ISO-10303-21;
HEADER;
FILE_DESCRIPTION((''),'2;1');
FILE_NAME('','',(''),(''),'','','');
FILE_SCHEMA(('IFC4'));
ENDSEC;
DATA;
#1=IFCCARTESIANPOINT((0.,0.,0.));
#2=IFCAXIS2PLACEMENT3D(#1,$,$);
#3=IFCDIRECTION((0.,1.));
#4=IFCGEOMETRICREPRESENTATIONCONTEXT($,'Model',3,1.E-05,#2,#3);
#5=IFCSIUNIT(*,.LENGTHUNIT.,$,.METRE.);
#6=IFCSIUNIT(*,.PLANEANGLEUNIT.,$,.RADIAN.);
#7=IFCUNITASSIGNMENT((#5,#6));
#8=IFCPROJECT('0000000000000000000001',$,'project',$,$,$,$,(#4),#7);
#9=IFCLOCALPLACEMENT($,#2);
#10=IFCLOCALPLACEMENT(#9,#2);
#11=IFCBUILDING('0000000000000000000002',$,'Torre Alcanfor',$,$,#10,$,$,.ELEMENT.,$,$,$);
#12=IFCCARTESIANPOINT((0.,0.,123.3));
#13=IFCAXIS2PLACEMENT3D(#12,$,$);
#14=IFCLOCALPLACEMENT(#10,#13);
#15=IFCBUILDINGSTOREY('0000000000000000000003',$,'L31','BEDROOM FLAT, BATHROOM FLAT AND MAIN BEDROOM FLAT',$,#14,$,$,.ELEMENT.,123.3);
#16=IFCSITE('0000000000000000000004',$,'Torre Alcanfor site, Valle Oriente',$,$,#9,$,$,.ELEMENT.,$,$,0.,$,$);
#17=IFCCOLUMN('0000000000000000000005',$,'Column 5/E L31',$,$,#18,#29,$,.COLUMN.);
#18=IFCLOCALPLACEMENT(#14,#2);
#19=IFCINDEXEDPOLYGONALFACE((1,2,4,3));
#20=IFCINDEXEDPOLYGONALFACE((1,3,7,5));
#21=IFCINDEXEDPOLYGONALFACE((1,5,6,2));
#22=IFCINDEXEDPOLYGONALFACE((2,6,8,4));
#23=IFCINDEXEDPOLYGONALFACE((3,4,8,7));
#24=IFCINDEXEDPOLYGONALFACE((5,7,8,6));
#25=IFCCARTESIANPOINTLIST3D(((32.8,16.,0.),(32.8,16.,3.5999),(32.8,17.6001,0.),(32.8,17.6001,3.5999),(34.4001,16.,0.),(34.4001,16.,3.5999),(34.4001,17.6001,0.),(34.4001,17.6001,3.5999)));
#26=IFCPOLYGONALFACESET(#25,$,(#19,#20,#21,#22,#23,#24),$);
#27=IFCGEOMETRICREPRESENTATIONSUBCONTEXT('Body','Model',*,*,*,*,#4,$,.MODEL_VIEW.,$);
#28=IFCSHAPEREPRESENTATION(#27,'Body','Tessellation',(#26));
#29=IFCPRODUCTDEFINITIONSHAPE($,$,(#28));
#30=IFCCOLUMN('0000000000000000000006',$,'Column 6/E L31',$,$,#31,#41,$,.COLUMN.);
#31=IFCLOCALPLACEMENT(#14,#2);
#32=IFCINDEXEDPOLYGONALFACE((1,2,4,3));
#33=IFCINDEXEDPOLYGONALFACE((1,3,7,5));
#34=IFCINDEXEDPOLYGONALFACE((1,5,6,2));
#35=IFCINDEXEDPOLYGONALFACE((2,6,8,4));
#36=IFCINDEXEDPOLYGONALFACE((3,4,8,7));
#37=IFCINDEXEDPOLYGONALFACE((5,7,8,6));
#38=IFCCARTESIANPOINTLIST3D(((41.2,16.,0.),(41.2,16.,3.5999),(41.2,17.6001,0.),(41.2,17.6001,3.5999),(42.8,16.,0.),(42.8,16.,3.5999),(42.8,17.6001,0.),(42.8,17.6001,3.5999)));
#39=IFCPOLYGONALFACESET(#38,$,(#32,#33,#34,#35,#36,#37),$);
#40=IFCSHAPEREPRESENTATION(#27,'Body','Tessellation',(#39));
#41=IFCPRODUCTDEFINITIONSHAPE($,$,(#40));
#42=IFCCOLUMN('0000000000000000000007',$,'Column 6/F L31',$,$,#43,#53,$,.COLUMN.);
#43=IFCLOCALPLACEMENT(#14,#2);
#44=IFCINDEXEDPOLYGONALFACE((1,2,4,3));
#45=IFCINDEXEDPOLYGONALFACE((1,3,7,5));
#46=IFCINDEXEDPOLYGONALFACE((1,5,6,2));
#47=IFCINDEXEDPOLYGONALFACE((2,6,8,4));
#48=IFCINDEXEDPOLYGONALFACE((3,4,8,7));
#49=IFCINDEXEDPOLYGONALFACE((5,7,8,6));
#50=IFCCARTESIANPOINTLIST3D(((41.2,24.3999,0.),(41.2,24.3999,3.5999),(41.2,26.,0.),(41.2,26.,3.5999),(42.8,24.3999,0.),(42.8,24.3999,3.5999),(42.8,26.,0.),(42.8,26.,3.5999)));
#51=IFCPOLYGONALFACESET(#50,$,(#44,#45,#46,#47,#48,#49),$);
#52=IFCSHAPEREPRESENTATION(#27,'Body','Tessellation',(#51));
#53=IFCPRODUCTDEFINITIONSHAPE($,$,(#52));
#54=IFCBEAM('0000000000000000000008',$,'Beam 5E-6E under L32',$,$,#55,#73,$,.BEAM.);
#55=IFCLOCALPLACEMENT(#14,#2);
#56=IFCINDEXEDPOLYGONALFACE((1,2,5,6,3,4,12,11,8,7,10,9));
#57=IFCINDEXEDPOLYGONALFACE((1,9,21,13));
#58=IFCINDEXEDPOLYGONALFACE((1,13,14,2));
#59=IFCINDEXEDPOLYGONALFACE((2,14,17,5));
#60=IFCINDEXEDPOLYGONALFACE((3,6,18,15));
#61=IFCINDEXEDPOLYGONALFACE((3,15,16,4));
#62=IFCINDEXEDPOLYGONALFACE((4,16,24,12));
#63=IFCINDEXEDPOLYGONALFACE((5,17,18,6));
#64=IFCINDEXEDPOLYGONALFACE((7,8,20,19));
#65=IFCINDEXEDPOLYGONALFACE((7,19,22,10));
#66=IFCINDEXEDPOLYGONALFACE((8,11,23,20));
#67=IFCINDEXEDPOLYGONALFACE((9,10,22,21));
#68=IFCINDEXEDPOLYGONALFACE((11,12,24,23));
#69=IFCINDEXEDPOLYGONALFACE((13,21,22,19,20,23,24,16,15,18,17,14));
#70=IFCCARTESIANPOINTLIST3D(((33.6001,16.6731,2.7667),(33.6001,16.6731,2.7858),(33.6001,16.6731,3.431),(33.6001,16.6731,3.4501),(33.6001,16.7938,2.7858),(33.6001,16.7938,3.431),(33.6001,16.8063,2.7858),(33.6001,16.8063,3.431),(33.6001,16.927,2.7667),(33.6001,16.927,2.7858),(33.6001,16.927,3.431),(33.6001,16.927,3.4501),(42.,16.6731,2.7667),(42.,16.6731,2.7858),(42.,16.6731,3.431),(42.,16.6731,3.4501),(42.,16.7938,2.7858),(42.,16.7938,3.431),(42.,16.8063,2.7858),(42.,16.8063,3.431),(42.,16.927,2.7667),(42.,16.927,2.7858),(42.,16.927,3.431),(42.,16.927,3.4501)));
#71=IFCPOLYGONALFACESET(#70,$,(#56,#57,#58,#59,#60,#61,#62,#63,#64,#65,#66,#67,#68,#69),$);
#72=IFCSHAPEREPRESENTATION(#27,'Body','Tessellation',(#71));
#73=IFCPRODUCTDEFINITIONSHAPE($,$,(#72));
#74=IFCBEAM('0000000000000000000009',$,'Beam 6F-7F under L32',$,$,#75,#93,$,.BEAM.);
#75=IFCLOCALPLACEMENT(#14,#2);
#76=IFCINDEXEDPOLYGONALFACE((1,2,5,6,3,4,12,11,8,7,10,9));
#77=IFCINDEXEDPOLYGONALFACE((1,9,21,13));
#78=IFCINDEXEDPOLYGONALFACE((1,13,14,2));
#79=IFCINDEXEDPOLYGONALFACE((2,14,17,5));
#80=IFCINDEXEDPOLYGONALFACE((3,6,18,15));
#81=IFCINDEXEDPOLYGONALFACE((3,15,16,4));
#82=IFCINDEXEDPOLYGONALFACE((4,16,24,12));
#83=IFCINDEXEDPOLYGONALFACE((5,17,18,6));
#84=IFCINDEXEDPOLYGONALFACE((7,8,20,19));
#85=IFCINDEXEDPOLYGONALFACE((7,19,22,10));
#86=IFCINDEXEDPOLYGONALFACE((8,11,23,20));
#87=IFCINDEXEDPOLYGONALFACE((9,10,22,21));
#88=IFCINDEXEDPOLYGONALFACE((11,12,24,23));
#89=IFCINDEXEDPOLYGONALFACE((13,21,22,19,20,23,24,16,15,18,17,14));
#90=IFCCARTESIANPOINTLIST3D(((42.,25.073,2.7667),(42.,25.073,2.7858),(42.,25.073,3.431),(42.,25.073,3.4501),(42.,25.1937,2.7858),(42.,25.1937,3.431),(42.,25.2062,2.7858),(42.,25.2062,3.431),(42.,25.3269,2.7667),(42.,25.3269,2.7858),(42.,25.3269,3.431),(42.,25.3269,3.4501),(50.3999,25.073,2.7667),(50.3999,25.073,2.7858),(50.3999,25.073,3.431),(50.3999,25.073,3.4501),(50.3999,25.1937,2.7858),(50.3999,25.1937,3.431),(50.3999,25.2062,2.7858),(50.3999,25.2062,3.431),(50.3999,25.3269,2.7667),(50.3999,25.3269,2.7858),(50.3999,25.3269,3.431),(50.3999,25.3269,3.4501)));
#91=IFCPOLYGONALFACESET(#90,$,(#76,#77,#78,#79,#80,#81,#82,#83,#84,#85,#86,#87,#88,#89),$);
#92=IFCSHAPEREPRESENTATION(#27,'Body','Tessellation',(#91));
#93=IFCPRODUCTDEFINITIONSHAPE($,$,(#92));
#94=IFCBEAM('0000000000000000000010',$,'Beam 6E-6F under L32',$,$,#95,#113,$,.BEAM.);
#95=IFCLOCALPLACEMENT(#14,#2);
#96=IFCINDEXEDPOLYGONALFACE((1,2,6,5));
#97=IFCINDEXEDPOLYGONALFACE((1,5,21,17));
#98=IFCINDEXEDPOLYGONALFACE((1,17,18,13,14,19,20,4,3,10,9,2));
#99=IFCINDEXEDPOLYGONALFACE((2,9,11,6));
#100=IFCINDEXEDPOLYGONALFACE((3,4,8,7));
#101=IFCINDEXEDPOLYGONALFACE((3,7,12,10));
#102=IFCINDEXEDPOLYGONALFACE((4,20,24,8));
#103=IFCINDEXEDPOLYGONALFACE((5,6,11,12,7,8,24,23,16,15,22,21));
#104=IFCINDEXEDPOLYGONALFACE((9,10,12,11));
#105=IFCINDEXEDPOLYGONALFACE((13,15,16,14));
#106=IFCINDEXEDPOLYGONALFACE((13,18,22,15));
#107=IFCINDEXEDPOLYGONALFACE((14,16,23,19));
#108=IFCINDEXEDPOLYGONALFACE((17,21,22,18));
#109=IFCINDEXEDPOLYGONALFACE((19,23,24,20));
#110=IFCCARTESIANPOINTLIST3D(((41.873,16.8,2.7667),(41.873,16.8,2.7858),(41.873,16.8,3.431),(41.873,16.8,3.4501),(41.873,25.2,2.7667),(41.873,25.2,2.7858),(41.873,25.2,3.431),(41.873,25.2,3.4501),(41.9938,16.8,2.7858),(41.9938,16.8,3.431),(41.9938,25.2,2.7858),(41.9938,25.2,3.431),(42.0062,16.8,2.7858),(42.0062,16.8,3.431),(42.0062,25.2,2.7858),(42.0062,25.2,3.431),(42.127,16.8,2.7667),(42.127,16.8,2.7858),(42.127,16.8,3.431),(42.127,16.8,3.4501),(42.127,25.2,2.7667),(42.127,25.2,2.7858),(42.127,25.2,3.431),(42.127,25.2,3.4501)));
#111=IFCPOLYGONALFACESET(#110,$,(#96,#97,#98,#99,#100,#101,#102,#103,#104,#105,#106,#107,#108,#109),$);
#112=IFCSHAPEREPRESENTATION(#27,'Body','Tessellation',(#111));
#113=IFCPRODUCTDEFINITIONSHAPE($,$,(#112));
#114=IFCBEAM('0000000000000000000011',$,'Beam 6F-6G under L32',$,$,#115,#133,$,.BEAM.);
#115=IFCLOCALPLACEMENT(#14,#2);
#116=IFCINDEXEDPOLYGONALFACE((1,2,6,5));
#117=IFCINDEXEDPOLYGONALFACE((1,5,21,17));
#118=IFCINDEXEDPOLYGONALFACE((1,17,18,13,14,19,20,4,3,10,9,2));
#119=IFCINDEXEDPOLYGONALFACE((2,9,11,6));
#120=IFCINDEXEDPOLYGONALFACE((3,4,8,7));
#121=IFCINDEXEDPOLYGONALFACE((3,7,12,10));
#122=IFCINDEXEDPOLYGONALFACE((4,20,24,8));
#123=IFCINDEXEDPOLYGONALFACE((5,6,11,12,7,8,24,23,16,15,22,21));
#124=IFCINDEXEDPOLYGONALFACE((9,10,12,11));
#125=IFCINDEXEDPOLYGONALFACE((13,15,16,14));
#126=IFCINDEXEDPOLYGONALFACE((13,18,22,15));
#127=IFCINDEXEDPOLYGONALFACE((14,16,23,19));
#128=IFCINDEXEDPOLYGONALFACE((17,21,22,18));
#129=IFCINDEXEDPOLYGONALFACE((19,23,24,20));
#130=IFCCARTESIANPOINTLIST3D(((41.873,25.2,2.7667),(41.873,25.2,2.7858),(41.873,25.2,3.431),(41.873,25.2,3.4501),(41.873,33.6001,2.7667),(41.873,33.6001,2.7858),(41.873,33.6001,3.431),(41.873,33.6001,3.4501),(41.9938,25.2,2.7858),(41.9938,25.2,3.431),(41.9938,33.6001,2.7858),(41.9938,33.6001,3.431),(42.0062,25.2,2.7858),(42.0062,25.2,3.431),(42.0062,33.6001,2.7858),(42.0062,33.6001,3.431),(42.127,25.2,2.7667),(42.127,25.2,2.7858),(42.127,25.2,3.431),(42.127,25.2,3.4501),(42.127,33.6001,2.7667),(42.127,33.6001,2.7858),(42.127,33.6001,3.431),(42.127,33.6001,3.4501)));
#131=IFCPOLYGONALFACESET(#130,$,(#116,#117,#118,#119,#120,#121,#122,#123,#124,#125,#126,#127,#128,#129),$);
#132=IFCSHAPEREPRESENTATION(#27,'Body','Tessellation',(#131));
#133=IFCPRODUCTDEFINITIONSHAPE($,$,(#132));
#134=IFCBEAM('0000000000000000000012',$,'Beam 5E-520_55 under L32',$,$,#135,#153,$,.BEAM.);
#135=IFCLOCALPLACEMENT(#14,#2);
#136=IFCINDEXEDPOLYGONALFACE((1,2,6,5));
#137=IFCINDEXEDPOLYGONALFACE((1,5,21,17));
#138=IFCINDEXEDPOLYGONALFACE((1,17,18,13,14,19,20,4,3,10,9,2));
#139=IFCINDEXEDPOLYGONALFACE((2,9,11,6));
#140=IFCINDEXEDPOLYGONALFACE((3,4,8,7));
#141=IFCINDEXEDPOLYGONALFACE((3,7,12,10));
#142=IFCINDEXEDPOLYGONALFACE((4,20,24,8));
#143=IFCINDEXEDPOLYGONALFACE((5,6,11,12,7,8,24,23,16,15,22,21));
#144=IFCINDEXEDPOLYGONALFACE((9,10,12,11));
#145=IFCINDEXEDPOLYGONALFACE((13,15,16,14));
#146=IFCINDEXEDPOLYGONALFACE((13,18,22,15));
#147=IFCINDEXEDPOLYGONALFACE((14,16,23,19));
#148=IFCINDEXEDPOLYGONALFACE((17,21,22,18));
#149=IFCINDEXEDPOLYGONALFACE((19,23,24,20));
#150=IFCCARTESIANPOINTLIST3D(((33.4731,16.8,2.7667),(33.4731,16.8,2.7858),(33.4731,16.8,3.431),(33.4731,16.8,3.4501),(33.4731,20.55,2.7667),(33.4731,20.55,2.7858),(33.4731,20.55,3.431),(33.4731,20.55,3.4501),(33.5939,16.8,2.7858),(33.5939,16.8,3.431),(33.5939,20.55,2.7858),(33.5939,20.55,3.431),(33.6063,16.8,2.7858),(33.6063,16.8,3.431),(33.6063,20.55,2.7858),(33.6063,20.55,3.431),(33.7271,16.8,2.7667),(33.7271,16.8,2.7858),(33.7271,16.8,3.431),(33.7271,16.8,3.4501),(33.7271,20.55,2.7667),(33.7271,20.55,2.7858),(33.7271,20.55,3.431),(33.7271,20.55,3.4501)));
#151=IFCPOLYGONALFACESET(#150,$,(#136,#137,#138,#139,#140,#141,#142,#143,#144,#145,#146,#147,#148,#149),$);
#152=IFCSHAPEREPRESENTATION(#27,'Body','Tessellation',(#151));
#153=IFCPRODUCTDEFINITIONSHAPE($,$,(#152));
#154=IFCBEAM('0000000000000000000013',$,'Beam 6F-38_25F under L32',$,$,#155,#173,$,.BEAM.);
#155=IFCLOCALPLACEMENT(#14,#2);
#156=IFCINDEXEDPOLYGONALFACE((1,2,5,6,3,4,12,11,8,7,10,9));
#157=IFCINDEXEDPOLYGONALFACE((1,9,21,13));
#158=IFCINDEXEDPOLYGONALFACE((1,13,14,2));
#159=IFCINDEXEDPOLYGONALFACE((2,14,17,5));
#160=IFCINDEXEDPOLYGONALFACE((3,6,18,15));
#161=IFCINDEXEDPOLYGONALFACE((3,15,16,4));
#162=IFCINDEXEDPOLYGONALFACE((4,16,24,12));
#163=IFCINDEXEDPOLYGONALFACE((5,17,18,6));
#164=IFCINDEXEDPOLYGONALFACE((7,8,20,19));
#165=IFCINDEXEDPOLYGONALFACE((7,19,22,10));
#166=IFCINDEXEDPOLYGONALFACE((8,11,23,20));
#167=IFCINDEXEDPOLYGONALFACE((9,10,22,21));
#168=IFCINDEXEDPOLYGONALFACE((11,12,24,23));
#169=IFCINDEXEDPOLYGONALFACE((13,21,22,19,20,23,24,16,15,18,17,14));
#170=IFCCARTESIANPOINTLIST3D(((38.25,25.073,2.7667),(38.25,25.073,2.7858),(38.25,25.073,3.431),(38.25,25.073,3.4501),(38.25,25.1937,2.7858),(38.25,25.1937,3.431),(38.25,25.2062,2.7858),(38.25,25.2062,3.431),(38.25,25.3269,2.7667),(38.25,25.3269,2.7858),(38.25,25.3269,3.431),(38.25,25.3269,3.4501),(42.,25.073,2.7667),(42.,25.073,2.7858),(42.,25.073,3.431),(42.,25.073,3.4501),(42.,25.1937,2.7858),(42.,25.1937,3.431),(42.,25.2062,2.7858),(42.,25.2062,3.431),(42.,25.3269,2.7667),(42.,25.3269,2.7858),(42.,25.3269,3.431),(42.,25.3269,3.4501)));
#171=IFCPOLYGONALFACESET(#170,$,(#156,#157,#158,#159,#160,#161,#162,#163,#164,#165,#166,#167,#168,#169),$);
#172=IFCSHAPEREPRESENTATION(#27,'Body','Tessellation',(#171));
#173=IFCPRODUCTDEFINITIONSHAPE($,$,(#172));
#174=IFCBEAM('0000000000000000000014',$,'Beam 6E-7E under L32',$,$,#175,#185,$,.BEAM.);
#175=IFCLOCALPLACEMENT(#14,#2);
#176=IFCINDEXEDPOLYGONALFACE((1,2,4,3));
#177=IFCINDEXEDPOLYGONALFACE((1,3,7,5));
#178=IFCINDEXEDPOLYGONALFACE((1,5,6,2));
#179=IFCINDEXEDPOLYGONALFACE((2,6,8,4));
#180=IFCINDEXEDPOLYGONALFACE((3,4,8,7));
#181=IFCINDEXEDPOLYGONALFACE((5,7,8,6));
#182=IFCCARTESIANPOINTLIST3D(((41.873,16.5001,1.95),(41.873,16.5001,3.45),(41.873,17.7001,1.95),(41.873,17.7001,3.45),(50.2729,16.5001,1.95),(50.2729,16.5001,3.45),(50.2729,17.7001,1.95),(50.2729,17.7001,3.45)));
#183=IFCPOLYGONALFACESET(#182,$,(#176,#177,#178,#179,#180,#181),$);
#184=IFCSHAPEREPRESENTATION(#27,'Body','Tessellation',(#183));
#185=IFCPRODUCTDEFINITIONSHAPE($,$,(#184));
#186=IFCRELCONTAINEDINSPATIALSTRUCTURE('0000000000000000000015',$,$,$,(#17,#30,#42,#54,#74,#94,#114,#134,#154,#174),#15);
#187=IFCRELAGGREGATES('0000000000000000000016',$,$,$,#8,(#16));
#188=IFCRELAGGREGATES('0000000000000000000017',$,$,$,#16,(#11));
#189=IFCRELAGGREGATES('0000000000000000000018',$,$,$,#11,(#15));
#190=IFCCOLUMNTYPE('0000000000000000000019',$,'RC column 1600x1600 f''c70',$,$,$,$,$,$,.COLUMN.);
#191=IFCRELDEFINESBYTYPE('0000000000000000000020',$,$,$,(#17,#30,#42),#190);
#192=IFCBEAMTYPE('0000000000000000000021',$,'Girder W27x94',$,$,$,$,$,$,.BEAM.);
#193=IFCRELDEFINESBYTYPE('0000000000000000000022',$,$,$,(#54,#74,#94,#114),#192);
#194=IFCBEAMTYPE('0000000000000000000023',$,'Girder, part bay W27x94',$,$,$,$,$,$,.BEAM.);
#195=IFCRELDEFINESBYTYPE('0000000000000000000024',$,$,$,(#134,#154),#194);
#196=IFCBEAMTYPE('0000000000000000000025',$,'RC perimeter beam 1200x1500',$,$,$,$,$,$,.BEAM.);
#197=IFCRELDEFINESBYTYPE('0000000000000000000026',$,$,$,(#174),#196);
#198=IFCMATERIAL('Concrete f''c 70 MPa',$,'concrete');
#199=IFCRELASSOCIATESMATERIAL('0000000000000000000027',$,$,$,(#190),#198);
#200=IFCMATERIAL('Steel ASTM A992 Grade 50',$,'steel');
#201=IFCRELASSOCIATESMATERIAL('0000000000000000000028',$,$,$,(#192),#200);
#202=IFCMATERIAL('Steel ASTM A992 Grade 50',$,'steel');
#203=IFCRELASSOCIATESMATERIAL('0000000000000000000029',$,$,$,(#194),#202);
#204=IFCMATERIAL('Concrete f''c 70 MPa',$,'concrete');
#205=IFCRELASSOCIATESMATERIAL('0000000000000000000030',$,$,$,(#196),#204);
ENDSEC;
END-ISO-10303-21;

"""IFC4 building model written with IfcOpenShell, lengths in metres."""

from ifc_helpers import new_model, si_unit, direction, frame, origin, origin_2d, place, context, subcontext, project, spatial, rectangle, i_section, extrude, material, material_profile, profile_set, type_object, element, save


model = new_model("IFC4")

# Units and contexts
model_context = context("Model", 3, precision=1e-05, world=origin(), true_north=direction((0.0, 1.0)))
body_context = subcontext(model_context, "Body", "Model", "MODEL_VIEW")
ifc_project = project(units=[si_unit("LENGTHUNIT", "METRE"), si_unit("PLANEANGLEUNIT", "RADIAN")], contexts=[model_context])

# Site, building, storey
site_placement = place(None, origin())
site = spatial("IfcSite", under=ifc_project, at=site_placement, Name="Torre Alcanfor site, Valle Oriente", CompositionType="ELEMENT", RefElevation=0.0)
building_placement = place(site_placement, origin())
building = spatial("IfcBuilding", under=site, at=building_placement, Name="Torre Alcanfor", CompositionType="ELEMENT")
storey_placement = place(building_placement, frame((0.0, 0.0, 123.3)))
storey = spatial("IfcBuildingStorey", under=building, at=storey_placement, Name="L31", Description="BEDROOM FLAT, BATHROOM FLAT AND MAIN BEDROOM FLAT", CompositionType="ELEMENT", Elevation=123.3)

# Columns
ifc_material_1 = material(Name="Concrete f'c 70 MPa", Category="concrete")
ifc_material_profile_1 = material_profile(ifc_material_1, rectangle(XDim=1.6001, YDim=1.6001, at=origin_2d()), Name="1600x1600")
ifc_profile_set_1 = profile_set([ifc_material_profile_1], Name="Concrete f'c 70 MPa")
column_type = type_object("IfcColumnType", Name="RC column 1600x1600 f'c70", PredefinedType="COLUMN", material=ifc_profile_set_1)
for number, where, z_axis, x_axis, name in (
    (1, (33.6001, 16.8, 0.0), (0.0, 0.0, 1.0), (1.0, 0.0, 0.0), "Column 5/E L31"),
    (2, (42.0, 16.8, 0.0), (0.0, 0.0, 1.0), (1.0, 0.0, 0.0), "Column 6/E L31"),
    (3, (42.0, 25.2, 0.0), (0.0, 0.0, 1.0), (1.0, 0.0, 0.0), "Column 6/F L31"),
):
    element("IfcColumn", number, at=place(storey_placement, frame(where, z_axis=z_axis, x_axis=x_axis)), inside=storey, type_object=column_type, Name=name, PredefinedType="COLUMN", context=body_context, shape_type="SweptSolid", body=[
        extrude(rectangle(XDim=1.6001, YDim=1.6001, at=origin_2d()), origin(), (0.0, 0.0, 1.0), 3.5999),
    ])

# Beams
ifc_material_2 = material(Name="Steel ASTM A992 Grade 50", Category="steel")
ifc_material_profile_2 = material_profile(ifc_material_2, i_section(OverallWidth=0.2539, OverallDepth=0.6833, WebThickness=0.0125, FlangeThickness=0.019, at=origin_2d()), Name="W27x94")
ifc_profile_set_2 = profile_set([ifc_material_profile_2], Name="Steel ASTM A992 Grade 50")
beam_type_1 = type_object("IfcBeamType", Name="Girder W27x94", PredefinedType="BEAM", material=ifc_profile_set_2)
for number, where, z_axis, x_axis, name in (
    (4, (33.6001, 16.8, 3.1084), (1.0, 0.0, 0.0), (0.0, 1.0, 0.0), "Beam 5E-6E under L32"),
    (5, (42.0, 25.2, 3.1084), (1.0, 0.0, 0.0), (0.0, 1.0, 0.0), "Beam 6F-7F under L32"),
    (6, (42.0, 16.8, 3.1084), (0.0, 1.0, 0.0), (-1.0, 0.0, 0.0), "Beam 6E-6F under L32"),
):
    element("IfcBeam", number, at=place(storey_placement, frame(where, z_axis=z_axis, x_axis=x_axis)), inside=storey, type_object=beam_type_1, Name=name, PredefinedType="BEAM", context=body_context, shape_type="SweptSolid", body=[
        extrude(i_section(OverallWidth=0.2539, OverallDepth=0.6833, WebThickness=0.0125, FlangeThickness=0.019, at=origin_2d()), origin(), (0.0, 0.0, 1.0), 8.3999),
    ])
beam_1_placement = place(storey_placement, frame((42.0, 25.2, 3.1084), z_axis=(0.0, 1.0, 0.0), x_axis=(-1.0, 0.0, 0.0)))
element("IfcBeam", 7, at=beam_1_placement, inside=storey, type_object=beam_type_1, Name="Beam 6F-6G under L32", PredefinedType="BEAM", context=body_context, shape_type="SweptSolid", body=[
    extrude(i_section(OverallWidth=0.2539, OverallDepth=0.6833, WebThickness=0.0125, FlangeThickness=0.019, at=origin_2d()), origin(), (0.0, 0.0, 1.0), 8.4001),
])
ifc_material_3 = material(Name="Steel ASTM A992 Grade 50", Category="steel")
ifc_material_profile_3 = material_profile(ifc_material_3, i_section(OverallWidth=0.2539, OverallDepth=0.6833, WebThickness=0.0125, FlangeThickness=0.019, at=origin_2d()), Name="W27x94")
ifc_profile_set_3 = profile_set([ifc_material_profile_3], Name="Steel ASTM A992 Grade 50")
beam_type_2 = type_object("IfcBeamType", Name="Girder, part bay W27x94", PredefinedType="BEAM", material=ifc_profile_set_3)
for number, where, z_axis, x_axis, name in (
    (8, (33.6001, 16.8, 3.1084), (0.0, 1.0, 0.0), (-1.0, 0.0, 0.0), "Beam 5E-520_55 under L32"),
    (9, (42.0, 25.2, 3.1084), (-1.0, 0.0, 0.0), (0.0, -1.0, 0.0), "Beam 6F-38_25F under L32"),
):
    element("IfcBeam", number, at=place(storey_placement, frame(where, z_axis=z_axis, x_axis=x_axis)), inside=storey, type_object=beam_type_2, Name=name, PredefinedType="BEAM", context=body_context, shape_type="SweptSolid", body=[
        extrude(i_section(OverallWidth=0.2539, OverallDepth=0.6833, WebThickness=0.0125, FlangeThickness=0.019, at=origin_2d()), origin(), (0.0, 0.0, 1.0), 3.75),
    ])
ifc_material_4 = material(Name="Concrete f'c 70 MPa", Category="concrete")
ifc_material_profile_4 = material_profile(ifc_material_4, rectangle(XDim=1.2, YDim=1.5, at=origin_2d()), Name="1200x1500")
ifc_profile_set_4 = profile_set([ifc_material_profile_4], Name="Concrete f'c 70 MPa")
beam_type_3 = type_object("IfcBeamType", Name="RC perimeter beam 1200x1500", PredefinedType="BEAM", material=ifc_profile_set_4)
beam_2_placement = place(storey_placement, frame((41.873, 17.1001, 2.7), z_axis=(1.0, 0.0, 0.0), x_axis=(0.0, 1.0, 0.0)))
element("IfcBeam", 10, at=beam_2_placement, inside=storey, type_object=beam_type_3, Name="Beam 6E-7E under L32", PredefinedType="BEAM", context=body_context, shape_type="SweptSolid", body=[
    extrude(rectangle(XDim=1.2, YDim=1.5, at=origin_2d()), origin(), (0.0, 0.0, 1.0), 8.3999),
])

save(model, "model.ifc")
